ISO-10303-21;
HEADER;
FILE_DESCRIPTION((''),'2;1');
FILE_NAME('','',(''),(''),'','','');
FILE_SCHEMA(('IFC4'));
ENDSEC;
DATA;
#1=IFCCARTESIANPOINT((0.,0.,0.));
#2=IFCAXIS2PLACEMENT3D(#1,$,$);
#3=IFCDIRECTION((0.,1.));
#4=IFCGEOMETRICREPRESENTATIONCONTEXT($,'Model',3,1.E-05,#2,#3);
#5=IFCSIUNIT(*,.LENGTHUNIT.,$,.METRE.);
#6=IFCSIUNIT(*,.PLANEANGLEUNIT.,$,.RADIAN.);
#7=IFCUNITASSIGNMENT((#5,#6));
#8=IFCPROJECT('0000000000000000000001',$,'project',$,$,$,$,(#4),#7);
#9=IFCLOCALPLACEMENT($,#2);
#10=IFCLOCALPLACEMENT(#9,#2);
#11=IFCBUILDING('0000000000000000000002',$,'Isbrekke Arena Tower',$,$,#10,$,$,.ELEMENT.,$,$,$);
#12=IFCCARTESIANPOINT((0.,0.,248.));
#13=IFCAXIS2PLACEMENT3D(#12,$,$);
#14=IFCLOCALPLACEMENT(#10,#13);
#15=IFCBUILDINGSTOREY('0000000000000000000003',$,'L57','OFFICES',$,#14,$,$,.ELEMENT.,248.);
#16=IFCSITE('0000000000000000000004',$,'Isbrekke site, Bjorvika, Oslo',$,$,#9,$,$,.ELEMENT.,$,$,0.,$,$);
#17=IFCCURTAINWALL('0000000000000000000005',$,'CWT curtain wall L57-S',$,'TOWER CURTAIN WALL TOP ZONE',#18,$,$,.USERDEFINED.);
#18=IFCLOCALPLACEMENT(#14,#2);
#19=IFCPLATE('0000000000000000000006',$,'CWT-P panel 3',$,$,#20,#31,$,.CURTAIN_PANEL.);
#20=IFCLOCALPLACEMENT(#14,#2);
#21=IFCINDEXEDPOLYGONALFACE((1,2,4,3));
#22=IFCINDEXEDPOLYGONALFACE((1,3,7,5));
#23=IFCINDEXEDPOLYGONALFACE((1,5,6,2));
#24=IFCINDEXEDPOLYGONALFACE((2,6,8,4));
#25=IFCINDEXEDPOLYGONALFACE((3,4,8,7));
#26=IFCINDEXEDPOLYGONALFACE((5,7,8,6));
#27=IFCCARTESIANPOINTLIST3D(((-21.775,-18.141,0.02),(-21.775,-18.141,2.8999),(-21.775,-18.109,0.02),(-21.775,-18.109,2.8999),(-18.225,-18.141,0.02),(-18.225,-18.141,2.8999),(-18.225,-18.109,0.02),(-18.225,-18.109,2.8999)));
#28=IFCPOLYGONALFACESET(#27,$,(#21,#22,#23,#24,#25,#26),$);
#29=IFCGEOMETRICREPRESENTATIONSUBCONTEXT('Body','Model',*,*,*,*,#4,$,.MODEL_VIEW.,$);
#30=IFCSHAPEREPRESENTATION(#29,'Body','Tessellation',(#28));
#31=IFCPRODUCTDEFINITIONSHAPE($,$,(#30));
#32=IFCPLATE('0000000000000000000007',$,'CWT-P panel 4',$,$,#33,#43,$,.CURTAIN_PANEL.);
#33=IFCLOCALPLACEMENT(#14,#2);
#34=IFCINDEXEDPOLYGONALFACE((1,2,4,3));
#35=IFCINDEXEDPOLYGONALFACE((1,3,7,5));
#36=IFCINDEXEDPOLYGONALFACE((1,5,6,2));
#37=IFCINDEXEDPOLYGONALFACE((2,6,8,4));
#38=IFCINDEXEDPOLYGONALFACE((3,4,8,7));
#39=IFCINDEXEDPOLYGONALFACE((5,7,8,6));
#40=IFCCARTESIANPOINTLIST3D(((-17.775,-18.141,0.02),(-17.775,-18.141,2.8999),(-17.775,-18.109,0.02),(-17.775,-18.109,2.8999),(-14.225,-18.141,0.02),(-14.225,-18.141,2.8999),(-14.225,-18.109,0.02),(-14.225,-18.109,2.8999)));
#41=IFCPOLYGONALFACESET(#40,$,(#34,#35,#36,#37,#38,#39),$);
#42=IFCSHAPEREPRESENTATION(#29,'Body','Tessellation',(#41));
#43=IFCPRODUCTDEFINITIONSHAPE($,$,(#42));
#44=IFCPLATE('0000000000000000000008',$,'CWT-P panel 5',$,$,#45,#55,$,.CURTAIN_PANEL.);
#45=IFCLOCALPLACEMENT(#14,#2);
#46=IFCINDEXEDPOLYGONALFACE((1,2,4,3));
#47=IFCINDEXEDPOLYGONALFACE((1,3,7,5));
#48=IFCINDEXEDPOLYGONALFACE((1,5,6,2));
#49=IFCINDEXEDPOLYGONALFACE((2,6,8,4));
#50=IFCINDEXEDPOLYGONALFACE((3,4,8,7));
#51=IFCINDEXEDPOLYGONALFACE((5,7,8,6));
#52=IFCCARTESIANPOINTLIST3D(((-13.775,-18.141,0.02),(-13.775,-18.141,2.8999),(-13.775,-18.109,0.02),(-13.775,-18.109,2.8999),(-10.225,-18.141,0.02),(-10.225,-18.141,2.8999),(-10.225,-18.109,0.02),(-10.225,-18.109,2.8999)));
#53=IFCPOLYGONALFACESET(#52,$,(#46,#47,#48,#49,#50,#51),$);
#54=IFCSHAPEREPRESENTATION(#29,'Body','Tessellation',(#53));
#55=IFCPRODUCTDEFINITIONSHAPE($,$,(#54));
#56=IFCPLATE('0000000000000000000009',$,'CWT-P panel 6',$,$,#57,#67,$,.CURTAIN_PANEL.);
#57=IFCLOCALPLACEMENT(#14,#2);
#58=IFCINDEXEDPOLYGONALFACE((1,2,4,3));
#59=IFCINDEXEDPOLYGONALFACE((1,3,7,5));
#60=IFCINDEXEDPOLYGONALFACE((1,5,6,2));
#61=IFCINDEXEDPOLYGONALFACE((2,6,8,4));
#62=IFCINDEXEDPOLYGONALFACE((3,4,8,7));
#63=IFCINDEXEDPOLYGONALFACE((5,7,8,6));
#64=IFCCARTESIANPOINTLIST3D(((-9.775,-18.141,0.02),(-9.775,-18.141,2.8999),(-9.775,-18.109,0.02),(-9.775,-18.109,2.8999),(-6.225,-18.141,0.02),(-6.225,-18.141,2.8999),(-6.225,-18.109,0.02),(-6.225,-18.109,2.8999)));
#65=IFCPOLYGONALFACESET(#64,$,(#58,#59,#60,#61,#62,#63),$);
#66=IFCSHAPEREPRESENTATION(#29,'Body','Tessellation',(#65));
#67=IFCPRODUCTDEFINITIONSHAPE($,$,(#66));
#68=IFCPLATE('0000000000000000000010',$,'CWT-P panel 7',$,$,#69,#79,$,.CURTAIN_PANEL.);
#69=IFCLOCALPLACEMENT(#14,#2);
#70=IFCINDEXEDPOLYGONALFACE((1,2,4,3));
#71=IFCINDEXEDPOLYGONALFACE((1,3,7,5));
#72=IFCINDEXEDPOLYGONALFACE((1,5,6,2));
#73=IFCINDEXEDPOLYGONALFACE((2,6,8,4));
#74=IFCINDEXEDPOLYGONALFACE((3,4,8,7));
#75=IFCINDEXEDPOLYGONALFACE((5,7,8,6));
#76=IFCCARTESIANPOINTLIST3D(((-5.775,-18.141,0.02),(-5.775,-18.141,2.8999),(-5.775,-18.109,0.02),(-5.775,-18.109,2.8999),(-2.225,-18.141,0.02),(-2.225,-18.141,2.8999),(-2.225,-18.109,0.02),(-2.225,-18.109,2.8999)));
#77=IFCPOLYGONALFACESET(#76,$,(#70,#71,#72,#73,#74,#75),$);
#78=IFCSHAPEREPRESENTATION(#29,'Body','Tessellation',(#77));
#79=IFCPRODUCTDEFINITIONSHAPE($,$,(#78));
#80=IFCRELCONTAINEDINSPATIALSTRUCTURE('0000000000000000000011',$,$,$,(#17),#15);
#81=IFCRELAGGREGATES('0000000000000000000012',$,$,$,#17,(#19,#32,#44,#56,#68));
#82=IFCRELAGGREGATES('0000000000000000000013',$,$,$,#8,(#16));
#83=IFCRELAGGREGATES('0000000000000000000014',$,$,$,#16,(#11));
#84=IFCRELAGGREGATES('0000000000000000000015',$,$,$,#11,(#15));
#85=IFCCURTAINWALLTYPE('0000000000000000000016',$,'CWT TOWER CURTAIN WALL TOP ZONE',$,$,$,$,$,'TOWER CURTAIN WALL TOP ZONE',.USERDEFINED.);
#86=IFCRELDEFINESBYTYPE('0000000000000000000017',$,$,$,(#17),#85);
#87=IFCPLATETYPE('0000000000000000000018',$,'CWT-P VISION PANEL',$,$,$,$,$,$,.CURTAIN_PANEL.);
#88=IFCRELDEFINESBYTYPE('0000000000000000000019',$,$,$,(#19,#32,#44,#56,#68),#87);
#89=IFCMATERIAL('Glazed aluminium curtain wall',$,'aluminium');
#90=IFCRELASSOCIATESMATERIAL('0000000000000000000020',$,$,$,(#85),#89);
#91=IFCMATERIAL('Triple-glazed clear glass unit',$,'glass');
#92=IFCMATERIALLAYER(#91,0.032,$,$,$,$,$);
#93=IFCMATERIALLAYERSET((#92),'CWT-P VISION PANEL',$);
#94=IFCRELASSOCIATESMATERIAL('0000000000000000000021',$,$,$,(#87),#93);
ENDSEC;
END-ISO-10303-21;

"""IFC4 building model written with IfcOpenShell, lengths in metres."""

from ifc_helpers import new_model, si_unit, direction, frame, origin, origin_2d, place, context, subcontext, project, spatial, rectangle, extrude, material, layer, layer_set, type_object, element, aggregate, save


model = new_model("IFC4")

# Units and contexts
model_context = context("Model", 3, precision=1e-05, world=origin(), true_north=direction((0.0, 1.0)))
body_context = subcontext(model_context, "Body", "Model", "MODEL_VIEW")
ifc_project = project(units=[si_unit("LENGTHUNIT", "METRE"), si_unit("PLANEANGLEUNIT", "RADIAN")], contexts=[model_context])

# Site, building, storey
site_placement = place(None, origin())
site = spatial("IfcSite", under=ifc_project, at=site_placement, Name="Isbrekke site, Bjorvika, Oslo", CompositionType="ELEMENT", RefElevation=0.0)
building_placement = place(site_placement, origin())
building = spatial("IfcBuilding", under=site, at=building_placement, Name="Isbrekke Arena Tower", CompositionType="ELEMENT")
storey_placement = place(building_placement, frame((0.0, 0.0, 248.0)))
storey = spatial("IfcBuildingStorey", under=building, at=storey_placement, Name="L57", Description="OFFICES", CompositionType="ELEMENT", Elevation=248.0)

# Curtain wall
ifc_material_1 = material(Name="Glazed aluminium curtain wall", Category="aluminium")
curtain_wall_type = type_object("IfcCurtainWallType", Name="CWT TOWER CURTAIN WALL TOP ZONE", ElementType="TOWER CURTAIN WALL TOP ZONE", PredefinedType="USERDEFINED", material=ifc_material_1)
curtain_wall_placement = place(storey_placement, origin())
curtain_wall = element("IfcCurtainWall", 1, at=curtain_wall_placement, inside=storey, type_object=curtain_wall_type, Name="CWT curtain wall L57-S", ObjectType="TOWER CURTAIN WALL TOP ZONE", PredefinedType="USERDEFINED")

# Plates
ifc_material_2 = material(Name="Triple-glazed clear glass unit", Category="glass")
ifc_layer = layer(ifc_material_2, 0.032)
ifc_layer_set = layer_set([ifc_layer], Name="CWT-P VISION PANEL")
plate_type = type_object("IfcPlateType", Name="CWT-P VISION PANEL", PredefinedType="CURTAIN_PANEL", material=ifc_layer_set)
plate_1_placement = place(storey_placement, frame((-20.0, -18.125, 0.02), z_axis=(0.0, 0.0, 1.0), x_axis=(1.0, 0.0, 0.0)))
plate_1 = element("IfcPlate", 2, at=plate_1_placement, type_object=plate_type, Name="CWT-P panel 3", PredefinedType="CURTAIN_PANEL", context=body_context, shape_type="SweptSolid", body=[
    extrude(rectangle(XDim=3.55, YDim=0.032, at=origin_2d()), origin(), (0.0, 0.0, 1.0), 2.8799),
])
plate_2_placement = place(storey_placement, frame((-16.0, -18.125, 0.02), z_axis=(0.0, 0.0, 1.0), x_axis=(1.0, 0.0, 0.0)))
plate_2 = element("IfcPlate", 3, at=plate_2_placement, type_object=plate_type, Name="CWT-P panel 4", PredefinedType="CURTAIN_PANEL", context=body_context, shape_type="SweptSolid", body=[
    extrude(rectangle(XDim=3.55, YDim=0.032, at=origin_2d()), origin(), (0.0, 0.0, 1.0), 2.8799),
])
plate_3_placement = place(storey_placement, frame((-12.0, -18.125, 0.02), z_axis=(0.0, 0.0, 1.0), x_axis=(1.0, 0.0, 0.0)))
plate_3 = element("IfcPlate", 4, at=plate_3_placement, type_object=plate_type, Name="CWT-P panel 5", PredefinedType="CURTAIN_PANEL", context=body_context, shape_type="SweptSolid", body=[
    extrude(rectangle(XDim=3.55, YDim=0.032, at=origin_2d()), origin(), (0.0, 0.0, 1.0), 2.8799),
])
plate_4_placement = place(storey_placement, frame((-8.0, -18.125, 0.02), z_axis=(0.0, 0.0, 1.0), x_axis=(1.0, 0.0, 0.0)))
plate_4 = element("IfcPlate", 5, at=plate_4_placement, type_object=plate_type, Name="CWT-P panel 6", PredefinedType="CURTAIN_PANEL", context=body_context, shape_type="SweptSolid", body=[
    extrude(rectangle(XDim=3.55, YDim=0.032, at=origin_2d()), origin(), (0.0, 0.0, 1.0), 2.8799),
])
plate_5_placement = place(storey_placement, frame((-4.0, -18.125, 0.02), z_axis=(0.0, 0.0, 1.0), x_axis=(1.0, 0.0, 0.0)))
plate_5 = element("IfcPlate", 6, at=plate_5_placement, type_object=plate_type, Name="CWT-P panel 7", PredefinedType="CURTAIN_PANEL", context=body_context, shape_type="SweptSolid", body=[
    extrude(rectangle(XDim=3.55, YDim=0.032, at=origin_2d()), origin(), (0.0, 0.0, 1.0), 2.8799),
])
aggregate(curtain_wall, [plate_1, plate_2, plate_3, plate_4, plate_5])

save(model, "model.ifc")
